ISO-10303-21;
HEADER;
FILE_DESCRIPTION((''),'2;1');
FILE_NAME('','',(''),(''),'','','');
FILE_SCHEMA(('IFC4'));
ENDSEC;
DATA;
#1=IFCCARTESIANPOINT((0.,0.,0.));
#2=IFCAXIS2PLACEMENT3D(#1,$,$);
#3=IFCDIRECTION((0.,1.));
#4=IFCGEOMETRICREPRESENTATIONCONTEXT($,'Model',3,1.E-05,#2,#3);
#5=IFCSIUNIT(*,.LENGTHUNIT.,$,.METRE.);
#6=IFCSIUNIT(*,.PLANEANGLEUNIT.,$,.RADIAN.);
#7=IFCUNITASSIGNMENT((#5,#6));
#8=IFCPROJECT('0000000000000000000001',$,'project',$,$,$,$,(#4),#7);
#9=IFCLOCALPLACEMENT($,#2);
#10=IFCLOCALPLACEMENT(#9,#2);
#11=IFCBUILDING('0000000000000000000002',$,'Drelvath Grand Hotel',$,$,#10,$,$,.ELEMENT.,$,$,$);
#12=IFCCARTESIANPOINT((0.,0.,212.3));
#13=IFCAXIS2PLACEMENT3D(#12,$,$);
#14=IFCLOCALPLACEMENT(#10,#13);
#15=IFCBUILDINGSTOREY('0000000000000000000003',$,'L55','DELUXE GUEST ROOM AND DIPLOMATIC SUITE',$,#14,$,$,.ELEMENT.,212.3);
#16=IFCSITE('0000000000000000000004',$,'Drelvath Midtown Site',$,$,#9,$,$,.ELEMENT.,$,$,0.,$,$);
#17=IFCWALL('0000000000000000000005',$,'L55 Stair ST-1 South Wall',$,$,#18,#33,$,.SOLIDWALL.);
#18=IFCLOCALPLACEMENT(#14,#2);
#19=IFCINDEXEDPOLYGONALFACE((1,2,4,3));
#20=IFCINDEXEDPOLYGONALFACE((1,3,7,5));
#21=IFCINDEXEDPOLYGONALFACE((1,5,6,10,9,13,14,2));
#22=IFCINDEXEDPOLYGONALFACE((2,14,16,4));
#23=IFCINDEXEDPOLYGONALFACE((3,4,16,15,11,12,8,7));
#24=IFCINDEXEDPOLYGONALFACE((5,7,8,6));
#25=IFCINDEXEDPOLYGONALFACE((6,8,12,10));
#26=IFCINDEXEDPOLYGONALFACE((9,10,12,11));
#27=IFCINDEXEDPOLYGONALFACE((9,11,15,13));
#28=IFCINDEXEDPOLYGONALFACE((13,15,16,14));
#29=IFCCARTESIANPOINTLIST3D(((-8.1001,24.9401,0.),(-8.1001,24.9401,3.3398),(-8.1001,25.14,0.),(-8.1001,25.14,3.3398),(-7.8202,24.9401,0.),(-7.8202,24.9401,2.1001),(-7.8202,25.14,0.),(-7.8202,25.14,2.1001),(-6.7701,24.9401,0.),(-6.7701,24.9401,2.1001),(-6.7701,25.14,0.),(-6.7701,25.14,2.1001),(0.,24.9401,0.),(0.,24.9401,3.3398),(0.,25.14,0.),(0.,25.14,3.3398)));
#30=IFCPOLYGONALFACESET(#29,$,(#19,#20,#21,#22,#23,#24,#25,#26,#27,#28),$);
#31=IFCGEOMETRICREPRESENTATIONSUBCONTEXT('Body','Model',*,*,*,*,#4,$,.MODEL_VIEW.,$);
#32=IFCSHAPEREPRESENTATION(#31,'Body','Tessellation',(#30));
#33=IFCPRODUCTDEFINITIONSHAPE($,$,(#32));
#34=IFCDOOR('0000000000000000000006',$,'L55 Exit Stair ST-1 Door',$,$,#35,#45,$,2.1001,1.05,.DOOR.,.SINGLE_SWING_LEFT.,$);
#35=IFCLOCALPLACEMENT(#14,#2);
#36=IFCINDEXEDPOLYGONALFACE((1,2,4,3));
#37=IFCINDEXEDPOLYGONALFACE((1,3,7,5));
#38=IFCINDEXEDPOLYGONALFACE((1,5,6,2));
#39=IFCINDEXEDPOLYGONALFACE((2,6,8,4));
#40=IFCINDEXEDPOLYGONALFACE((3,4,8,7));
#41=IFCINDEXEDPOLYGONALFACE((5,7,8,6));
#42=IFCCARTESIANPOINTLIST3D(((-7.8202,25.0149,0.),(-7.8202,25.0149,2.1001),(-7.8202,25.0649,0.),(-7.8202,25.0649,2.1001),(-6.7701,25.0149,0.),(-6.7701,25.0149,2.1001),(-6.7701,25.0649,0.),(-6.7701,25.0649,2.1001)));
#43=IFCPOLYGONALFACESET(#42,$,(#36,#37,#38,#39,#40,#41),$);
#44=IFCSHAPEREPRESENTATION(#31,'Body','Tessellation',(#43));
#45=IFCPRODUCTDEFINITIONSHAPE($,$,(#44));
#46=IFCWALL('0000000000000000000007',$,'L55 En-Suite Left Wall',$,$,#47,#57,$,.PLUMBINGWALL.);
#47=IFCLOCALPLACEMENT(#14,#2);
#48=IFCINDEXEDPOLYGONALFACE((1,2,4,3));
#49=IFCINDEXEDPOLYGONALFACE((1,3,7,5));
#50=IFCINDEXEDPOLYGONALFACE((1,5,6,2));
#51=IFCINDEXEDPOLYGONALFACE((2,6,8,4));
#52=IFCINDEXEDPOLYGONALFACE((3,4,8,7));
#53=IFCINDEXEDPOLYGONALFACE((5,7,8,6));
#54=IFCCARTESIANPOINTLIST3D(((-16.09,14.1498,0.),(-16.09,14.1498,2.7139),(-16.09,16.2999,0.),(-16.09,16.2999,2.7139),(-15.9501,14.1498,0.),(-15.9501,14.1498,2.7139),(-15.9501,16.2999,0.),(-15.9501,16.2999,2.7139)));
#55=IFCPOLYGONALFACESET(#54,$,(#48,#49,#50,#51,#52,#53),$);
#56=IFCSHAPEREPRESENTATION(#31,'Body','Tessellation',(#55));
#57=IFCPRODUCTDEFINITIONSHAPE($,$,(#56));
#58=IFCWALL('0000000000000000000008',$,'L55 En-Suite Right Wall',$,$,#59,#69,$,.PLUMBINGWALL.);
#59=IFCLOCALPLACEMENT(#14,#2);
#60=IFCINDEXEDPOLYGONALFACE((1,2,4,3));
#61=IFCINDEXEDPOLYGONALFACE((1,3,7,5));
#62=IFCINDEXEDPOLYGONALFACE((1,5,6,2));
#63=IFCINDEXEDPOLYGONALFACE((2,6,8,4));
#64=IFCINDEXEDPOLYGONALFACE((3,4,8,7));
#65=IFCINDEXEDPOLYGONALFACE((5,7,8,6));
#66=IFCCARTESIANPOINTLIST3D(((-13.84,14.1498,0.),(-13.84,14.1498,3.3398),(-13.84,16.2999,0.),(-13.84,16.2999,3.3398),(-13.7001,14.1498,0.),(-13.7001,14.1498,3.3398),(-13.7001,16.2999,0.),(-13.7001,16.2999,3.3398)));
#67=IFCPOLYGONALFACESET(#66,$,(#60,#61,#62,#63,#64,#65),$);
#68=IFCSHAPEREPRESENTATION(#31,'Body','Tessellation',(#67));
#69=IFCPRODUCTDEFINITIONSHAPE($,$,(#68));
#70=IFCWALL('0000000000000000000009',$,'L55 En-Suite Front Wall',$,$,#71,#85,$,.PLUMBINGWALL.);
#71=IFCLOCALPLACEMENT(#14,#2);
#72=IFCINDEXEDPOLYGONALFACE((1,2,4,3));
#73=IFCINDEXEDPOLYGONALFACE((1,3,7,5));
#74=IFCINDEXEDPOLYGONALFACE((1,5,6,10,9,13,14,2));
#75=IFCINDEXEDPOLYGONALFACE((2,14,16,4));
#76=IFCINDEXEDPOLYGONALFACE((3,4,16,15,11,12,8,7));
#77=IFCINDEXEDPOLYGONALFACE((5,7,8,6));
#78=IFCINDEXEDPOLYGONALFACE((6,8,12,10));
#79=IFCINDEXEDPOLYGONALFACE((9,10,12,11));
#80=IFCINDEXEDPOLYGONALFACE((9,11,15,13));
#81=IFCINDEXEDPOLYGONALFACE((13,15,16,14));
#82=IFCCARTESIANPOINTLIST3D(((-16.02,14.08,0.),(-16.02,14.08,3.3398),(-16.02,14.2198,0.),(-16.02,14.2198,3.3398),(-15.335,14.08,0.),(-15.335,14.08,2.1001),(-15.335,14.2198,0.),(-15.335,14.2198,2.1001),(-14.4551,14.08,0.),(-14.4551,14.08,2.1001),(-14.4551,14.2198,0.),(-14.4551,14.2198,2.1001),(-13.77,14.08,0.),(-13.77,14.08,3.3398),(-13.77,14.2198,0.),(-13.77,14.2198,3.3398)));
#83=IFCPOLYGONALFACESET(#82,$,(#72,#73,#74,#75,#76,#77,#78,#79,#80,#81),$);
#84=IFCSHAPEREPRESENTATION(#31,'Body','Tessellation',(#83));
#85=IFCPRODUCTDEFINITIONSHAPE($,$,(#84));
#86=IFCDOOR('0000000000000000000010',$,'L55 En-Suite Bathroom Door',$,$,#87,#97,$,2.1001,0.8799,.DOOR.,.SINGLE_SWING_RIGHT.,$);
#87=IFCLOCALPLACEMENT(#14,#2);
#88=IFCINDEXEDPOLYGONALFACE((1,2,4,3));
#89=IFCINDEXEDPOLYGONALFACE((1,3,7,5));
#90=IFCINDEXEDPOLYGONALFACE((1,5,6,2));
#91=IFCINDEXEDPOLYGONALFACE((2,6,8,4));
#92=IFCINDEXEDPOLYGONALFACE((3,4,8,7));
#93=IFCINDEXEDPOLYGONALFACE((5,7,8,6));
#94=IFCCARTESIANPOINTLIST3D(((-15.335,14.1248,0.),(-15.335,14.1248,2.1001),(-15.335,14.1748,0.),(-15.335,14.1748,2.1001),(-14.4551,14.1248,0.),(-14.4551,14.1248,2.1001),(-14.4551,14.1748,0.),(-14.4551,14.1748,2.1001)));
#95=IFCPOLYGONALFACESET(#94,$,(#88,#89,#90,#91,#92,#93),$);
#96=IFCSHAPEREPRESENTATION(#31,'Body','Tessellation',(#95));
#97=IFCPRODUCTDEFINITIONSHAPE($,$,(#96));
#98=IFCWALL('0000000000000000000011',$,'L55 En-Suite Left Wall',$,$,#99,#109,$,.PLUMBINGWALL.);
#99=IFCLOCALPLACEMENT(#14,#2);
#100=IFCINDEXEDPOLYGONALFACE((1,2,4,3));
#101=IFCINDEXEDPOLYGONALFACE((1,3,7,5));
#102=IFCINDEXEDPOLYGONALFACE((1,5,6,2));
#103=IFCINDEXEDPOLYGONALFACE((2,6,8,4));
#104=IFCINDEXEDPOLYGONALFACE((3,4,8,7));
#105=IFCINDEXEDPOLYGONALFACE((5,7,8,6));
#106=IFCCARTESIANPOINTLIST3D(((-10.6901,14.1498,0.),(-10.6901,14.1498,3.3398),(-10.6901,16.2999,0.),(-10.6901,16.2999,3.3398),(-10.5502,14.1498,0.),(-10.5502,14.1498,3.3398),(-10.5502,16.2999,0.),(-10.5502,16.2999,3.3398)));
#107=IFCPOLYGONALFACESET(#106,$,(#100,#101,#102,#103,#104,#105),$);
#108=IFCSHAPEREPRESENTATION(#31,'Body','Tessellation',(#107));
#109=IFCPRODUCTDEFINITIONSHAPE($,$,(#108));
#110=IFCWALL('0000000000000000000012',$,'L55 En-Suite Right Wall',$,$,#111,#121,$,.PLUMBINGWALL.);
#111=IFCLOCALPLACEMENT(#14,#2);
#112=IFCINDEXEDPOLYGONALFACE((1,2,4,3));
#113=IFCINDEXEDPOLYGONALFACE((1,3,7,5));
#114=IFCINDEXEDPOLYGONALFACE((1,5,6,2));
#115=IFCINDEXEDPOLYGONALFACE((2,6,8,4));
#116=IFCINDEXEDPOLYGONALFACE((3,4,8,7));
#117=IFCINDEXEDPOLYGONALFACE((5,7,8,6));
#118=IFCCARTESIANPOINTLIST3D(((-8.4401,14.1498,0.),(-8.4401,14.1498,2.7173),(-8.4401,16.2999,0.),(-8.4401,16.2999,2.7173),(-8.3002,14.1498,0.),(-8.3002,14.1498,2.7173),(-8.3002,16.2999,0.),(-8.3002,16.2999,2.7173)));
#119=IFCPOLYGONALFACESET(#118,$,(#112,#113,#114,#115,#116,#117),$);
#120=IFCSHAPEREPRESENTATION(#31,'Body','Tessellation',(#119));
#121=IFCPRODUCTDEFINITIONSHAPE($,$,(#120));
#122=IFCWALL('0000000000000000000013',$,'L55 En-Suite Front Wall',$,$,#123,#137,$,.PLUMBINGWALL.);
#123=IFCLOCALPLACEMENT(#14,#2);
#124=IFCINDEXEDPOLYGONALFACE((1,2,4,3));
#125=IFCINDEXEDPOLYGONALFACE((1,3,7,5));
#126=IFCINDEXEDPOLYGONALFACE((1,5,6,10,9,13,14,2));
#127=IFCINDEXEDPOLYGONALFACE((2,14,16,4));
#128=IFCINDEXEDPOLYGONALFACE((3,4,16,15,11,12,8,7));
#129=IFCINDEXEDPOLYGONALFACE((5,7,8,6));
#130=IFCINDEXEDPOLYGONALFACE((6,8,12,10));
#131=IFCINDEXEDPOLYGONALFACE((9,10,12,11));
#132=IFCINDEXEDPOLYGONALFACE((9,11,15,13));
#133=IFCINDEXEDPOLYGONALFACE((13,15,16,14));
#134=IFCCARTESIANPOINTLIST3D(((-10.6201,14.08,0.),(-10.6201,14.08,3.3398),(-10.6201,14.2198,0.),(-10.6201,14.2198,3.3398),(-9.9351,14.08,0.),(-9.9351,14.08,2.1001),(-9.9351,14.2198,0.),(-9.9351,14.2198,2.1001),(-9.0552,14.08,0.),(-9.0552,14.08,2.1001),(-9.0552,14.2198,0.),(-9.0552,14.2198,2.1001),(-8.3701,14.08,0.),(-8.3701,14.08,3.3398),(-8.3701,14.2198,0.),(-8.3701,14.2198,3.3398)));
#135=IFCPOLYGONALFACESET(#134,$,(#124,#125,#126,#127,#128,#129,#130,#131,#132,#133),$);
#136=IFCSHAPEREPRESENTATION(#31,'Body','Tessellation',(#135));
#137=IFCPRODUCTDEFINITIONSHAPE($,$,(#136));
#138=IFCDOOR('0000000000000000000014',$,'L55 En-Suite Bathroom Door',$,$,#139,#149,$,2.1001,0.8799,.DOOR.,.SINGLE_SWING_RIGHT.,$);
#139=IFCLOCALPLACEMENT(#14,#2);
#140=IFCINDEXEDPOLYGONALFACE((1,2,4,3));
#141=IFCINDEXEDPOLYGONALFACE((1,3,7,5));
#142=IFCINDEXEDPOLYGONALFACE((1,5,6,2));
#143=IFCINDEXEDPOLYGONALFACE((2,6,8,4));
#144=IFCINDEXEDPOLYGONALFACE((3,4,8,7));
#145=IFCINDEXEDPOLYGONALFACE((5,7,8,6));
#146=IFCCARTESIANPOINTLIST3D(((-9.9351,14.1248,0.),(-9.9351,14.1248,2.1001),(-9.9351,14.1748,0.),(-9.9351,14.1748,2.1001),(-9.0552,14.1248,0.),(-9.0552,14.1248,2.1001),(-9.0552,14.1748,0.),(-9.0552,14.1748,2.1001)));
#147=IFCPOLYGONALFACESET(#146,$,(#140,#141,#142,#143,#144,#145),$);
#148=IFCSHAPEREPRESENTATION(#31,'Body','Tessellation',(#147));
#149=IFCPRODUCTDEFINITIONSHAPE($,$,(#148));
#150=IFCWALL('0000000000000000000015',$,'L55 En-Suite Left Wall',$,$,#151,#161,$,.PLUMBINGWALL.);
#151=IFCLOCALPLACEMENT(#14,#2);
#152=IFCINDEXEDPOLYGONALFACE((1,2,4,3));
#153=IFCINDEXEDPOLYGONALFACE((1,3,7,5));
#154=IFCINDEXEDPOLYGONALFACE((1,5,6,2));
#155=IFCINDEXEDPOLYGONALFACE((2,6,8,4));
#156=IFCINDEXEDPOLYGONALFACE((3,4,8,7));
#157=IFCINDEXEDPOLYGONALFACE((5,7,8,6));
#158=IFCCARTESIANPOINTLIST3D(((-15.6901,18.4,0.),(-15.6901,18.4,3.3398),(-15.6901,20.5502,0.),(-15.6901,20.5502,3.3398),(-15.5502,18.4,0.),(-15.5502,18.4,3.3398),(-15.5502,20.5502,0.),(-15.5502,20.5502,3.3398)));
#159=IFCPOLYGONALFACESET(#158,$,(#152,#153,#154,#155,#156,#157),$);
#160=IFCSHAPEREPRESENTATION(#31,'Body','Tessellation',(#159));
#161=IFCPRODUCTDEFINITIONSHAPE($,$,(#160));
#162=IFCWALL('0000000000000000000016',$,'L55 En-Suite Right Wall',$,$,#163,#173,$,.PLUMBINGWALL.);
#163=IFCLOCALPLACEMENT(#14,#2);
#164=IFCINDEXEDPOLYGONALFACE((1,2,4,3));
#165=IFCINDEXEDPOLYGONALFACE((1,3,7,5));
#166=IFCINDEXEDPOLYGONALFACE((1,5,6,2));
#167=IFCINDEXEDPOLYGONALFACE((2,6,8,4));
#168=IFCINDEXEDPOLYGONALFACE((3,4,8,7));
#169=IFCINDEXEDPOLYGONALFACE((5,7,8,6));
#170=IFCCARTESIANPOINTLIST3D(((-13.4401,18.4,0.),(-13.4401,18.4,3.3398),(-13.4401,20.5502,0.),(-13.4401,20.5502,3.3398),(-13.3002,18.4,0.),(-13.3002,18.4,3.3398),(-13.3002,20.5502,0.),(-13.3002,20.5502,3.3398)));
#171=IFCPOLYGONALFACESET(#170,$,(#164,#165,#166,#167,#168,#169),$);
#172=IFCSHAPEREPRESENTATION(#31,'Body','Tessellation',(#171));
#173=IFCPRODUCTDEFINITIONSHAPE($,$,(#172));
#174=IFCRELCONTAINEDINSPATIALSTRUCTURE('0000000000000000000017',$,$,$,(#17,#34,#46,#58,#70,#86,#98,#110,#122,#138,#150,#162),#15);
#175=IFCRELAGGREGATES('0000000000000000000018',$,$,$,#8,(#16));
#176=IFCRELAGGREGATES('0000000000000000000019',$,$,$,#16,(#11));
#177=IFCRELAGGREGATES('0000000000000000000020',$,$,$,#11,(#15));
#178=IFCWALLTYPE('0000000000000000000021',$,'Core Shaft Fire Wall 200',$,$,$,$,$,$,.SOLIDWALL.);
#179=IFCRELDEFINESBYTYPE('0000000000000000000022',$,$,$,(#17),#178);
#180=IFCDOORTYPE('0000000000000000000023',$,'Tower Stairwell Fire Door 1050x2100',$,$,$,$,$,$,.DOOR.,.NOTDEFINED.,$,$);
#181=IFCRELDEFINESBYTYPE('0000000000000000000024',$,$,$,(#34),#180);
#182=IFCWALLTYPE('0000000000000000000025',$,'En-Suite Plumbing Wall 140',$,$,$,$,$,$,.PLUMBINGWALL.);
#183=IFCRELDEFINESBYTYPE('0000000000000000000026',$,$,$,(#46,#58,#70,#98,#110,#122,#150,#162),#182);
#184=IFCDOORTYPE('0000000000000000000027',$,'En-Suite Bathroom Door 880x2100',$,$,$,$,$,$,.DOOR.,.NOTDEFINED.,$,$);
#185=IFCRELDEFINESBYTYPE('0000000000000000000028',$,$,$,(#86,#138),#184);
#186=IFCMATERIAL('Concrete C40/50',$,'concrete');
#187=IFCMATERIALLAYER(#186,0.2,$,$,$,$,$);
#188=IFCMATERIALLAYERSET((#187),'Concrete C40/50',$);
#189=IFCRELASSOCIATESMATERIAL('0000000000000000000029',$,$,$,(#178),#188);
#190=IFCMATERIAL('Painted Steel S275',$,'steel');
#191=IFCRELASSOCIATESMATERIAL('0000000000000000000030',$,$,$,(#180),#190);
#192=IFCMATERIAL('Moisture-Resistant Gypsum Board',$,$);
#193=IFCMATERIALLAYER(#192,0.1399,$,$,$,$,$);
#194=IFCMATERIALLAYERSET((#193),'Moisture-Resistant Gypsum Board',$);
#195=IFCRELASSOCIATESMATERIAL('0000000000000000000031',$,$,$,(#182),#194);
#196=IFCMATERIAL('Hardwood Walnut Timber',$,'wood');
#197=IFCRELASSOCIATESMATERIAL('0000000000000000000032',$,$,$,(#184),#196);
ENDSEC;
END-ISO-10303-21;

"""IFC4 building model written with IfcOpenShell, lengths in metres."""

from ifc_helpers import new_model, si_unit, direction, frame, frame_2d, origin, place, context, subcontext, project, spatial, rectangle, extrude, material, layer, layer_set, type_object, element, fill, save


model = new_model("IFC4")

# Units and contexts
model_context = context("Model", 3, precision=1e-05, world=origin(), true_north=direction((0.0, 1.0)))
body_context = subcontext(model_context, "Body", "Model", "MODEL_VIEW")
ifc_project = project(units=[si_unit("LENGTHUNIT", "METRE"), si_unit("PLANEANGLEUNIT", "RADIAN")], contexts=[model_context])

# Site, building, storey
site_placement = place(None, origin())
site = spatial("IfcSite", under=ifc_project, at=site_placement, Name="Drelvath Midtown Site", CompositionType="ELEMENT", RefElevation=0.0)
building_placement = place(site_placement, origin())
building = spatial("IfcBuilding", under=site, at=building_placement, Name="Drelvath Grand Hotel", CompositionType="ELEMENT")
storey_placement = place(building_placement, frame((0.0, 0.0, 212.3)))
storey = spatial("IfcBuildingStorey", under=building, at=storey_placement, Name="L55", Description="DELUXE GUEST ROOM AND DIPLOMATIC SUITE", CompositionType="ELEMENT", Elevation=212.3)

# Wall, opening, door
ifc_material_1 = material(Name="Concrete C40/50", Category="concrete")
ifc_layer_1 = layer(ifc_material_1, 0.2)
ifc_layer_set_1 = layer_set([ifc_layer_1], Name="Concrete C40/50")
wall_type_1 = type_object("IfcWallType", Name="Core Shaft Fire Wall 200", PredefinedType="SOLIDWALL", material=ifc_layer_set_1)
wall_1_placement = place(storey_placement, frame((-8.1001, 25.04, 0.0), z_axis=(0.0, 0.0, 1.0), x_axis=(1.0, 0.0, 0.0)))
wall_1 = element("IfcWall", 1, at=wall_1_placement, inside=storey, type_object=wall_type_1, Name="L55 Stair ST-1 South Wall", PredefinedType="SOLIDWALL", context=body_context, shape_type="SweptSolid", body=[
    extrude(rectangle(XDim=8.1001, YDim=0.2, at=frame_2d((4.05, 0.0))), origin(), (0.0, 0.0, 1.0), 3.3398),
])
opening_1_placement = place(wall_1_placement, frame((0.28, 0.0, 0.0)))
opening_1 = element("IfcOpeningElement", 2, at=opening_1_placement, cuts=wall_1, PredefinedType="OPENING", context=body_context, shape_type="SweptSolid", body=[
    extrude(rectangle(XDim=1.05, YDim=2.1001, at=frame_2d((0.5249, 1.05))), frame((0.0, 0.1099, 0.0), z_axis=(0.0, -1.0, 0.0), x_axis=(1.0, 0.0, 0.0)), (0.0, 0.0, 1.0), 0.22),
])
ifc_material_2 = material(Name="Painted Steel S275", Category="steel")
door_type_1 = type_object("IfcDoorType", Name="Tower Stairwell Fire Door 1050x2100", OperationType="NOTDEFINED", PredefinedType="DOOR", material=ifc_material_2)
door_1_placement = place(opening_1_placement, origin())
door_1 = element("IfcDoor", 3, at=door_1_placement, inside=storey, type_object=door_type_1, Name="L55 Exit Stair ST-1 Door", OperationType="SINGLE_SWING_LEFT", OverallHeight=2.1001, OverallWidth=1.05, PredefinedType="DOOR", context=body_context, shape_type="SweptSolid", body=[
    extrude(rectangle(XDim=1.05, YDim=2.1001, at=frame_2d((0.5249, 1.05))), frame((0.0, 0.0249, 0.0), z_axis=(0.0, -1.0, 0.0), x_axis=(1.0, 0.0, 0.0)), (0.0, 0.0, 1.0), 0.05),
])
fill(opening_1, door_1)

# Walls
ifc_material_3 = material(Name="Moisture-Resistant Gypsum Board")
ifc_layer_2 = layer(ifc_material_3, 0.1399)
ifc_layer_set_2 = layer_set([ifc_layer_2], Name="Moisture-Resistant Gypsum Board")
wall_type_2 = type_object("IfcWallType", Name="En-Suite Plumbing Wall 140", PredefinedType="PLUMBINGWALL", material=ifc_layer_set_2)
wall_2_placement = place(storey_placement, frame((-16.02, 16.3, 0.0), z_axis=(0.0, 0.0, 1.0), x_axis=(0.0, -1.0, 0.0)))
element("IfcWall", 4, at=wall_2_placement, inside=storey, type_object=wall_type_2, Name="L55 En-Suite Left Wall", PredefinedType="PLUMBINGWALL", context=body_context, shape_type="SweptSolid", body=[
    extrude(rectangle(XDim=2.1501, YDim=0.1399, at=frame_2d((1.0752, 0.0))), origin(), (0.0, 0.0, 1.0), 2.7139),
])
wall_3_placement = place(storey_placement, frame((-13.77, 16.3, 0.0), z_axis=(0.0, 0.0, 1.0), x_axis=(0.0, -1.0, 0.0)))
element("IfcWall", 5, at=wall_3_placement, inside=storey, type_object=wall_type_2, Name="L55 En-Suite Right Wall", PredefinedType="PLUMBINGWALL", context=body_context, shape_type="SweptSolid", body=[
    extrude(rectangle(XDim=2.1501, YDim=0.1399, at=frame_2d((1.0752, 0.0))), origin(), (0.0, 0.0, 1.0), 3.3398),
])

# Wall, opening, door
wall_4_placement = place(storey_placement, frame((-16.02, 14.1499, 0.0), z_axis=(0.0, 0.0, 1.0), x_axis=(1.0, 0.0, 0.0)))
wall_4 = element("IfcWall", 6, at=wall_4_placement, inside=storey, type_object=wall_type_2, Name="L55 En-Suite Front Wall", PredefinedType="PLUMBINGWALL", context=body_context, shape_type="SweptSolid", body=[
    extrude(rectangle(XDim=2.25, YDim=0.1399, at=frame_2d((1.125, 0.0))), origin(), (0.0, 0.0, 1.0), 3.3398),
])
opening_2_placement = place(wall_4_placement, frame((0.6851, 0.0, 0.0)))
opening_2 = element("IfcOpeningElement", 7, at=opening_2_placement, cuts=wall_4, PredefinedType="OPENING", context=body_context, shape_type="SweptSolid", body=[
    extrude(rectangle(XDim=0.8799, YDim=2.1001, at=frame_2d((0.4399, 1.05))), frame((0.0, 0.0798, 0.0), z_axis=(0.0, -1.0, 0.0), x_axis=(1.0, 0.0, 0.0)), (0.0, 0.0, 1.0), 0.1599),
])
ifc_material_4 = material(Name="Hardwood Walnut Timber", Category="wood")
door_type_2 = type_object("IfcDoorType", Name="En-Suite Bathroom Door 880x2100", OperationType="NOTDEFINED", PredefinedType="DOOR", material=ifc_material_4)
door_2_placement = place(opening_2_placement, origin())
door_2 = element("IfcDoor", 8, at=door_2_placement, inside=storey, type_object=door_type_2, Name="L55 En-Suite Bathroom Door", OperationType="SINGLE_SWING_RIGHT", OverallHeight=2.1001, OverallWidth=0.8799, PredefinedType="DOOR", context=body_context, shape_type="SweptSolid", body=[
    extrude(rectangle(XDim=0.8799, YDim=2.1001, at=frame_2d((0.4399, 1.05))), frame((0.0, 0.0249, 0.0), z_axis=(0.0, -1.0, 0.0), x_axis=(1.0, 0.0, 0.0)), (0.0, 0.0, 1.0), 0.05),
])
fill(opening_2, door_2)

# Walls
wall_5_placement = place(storey_placement, frame((-10.6201, 16.3, 0.0), z_axis=(0.0, 0.0, 1.0), x_axis=(0.0, -1.0, 0.0)))
element("IfcWall", 9, at=wall_5_placement, inside=storey, type_object=wall_type_2, Name="L55 En-Suite Left Wall", PredefinedType="PLUMBINGWALL", context=body_context, shape_type="SweptSolid", body=[
    extrude(rectangle(XDim=2.1501, YDim=0.1399, at=frame_2d((1.0752, 0.0))), origin(), (0.0, 0.0, 1.0), 3.3398),
])
wall_6_placement = place(storey_placement, frame((-8.3701, 16.3, 0.0), z_axis=(0.0, 0.0, 1.0), x_axis=(0.0, -1.0, 0.0)))
element("IfcWall", 10, at=wall_6_placement, inside=storey, type_object=wall_type_2, Name="L55 En-Suite Right Wall", PredefinedType="PLUMBINGWALL", context=body_context, shape_type="SweptSolid", body=[
    extrude(rectangle(XDim=2.1501, YDim=0.1399, at=frame_2d((1.0752, 0.0))), origin(), (0.0, 0.0, 1.0), 2.7173),
])

# Wall, opening, door
wall_7_placement = place(storey_placement, frame((-10.6201, 14.1499, 0.0), z_axis=(0.0, 0.0, 1.0), x_axis=(1.0, 0.0, 0.0)))
wall_7 = element("IfcWall", 11, at=wall_7_placement, inside=storey, type_object=wall_type_2, Name="L55 En-Suite Front Wall", PredefinedType="PLUMBINGWALL", context=body_context, shape_type="SweptSolid", body=[
    extrude(rectangle(XDim=2.25, YDim=0.1399, at=frame_2d((1.125, 0.0))), origin(), (0.0, 0.0, 1.0), 3.3398),
])
opening_3_placement = place(wall_7_placement, frame((0.6851, 0.0, 0.0)))
opening_3 = element("IfcOpeningElement", 12, at=opening_3_placement, cuts=wall_7, PredefinedType="OPENING", context=body_context, shape_type="SweptSolid", body=[
    extrude(rectangle(XDim=0.8799, YDim=2.1001, at=frame_2d((0.4399, 1.05))), frame((0.0, 0.0798, 0.0), z_axis=(0.0, -1.0, 0.0), x_axis=(1.0, 0.0, 0.0)), (0.0, 0.0, 1.0), 0.1599),
])
door_3_placement = place(opening_3_placement, origin())
door_3 = element("IfcDoor", 13, at=door_3_placement, inside=storey, type_object=door_type_2, Name="L55 En-Suite Bathroom Door", OperationType="SINGLE_SWING_RIGHT", OverallHeight=2.1001, OverallWidth=0.8799, PredefinedType="DOOR", context=body_context, shape_type="SweptSolid", body=[
    extrude(rectangle(XDim=0.8799, YDim=2.1001, at=frame_2d((0.4399, 1.05))), frame((0.0, 0.0249, 0.0), z_axis=(0.0, -1.0, 0.0), x_axis=(1.0, 0.0, 0.0)), (0.0, 0.0, 1.0), 0.05),
])
fill(opening_3, door_3)

# Walls
for number, where, z_axis, x_axis, name in (
    (14, (-15.6201, 18.3999, 0.0), (0.0, 0.0, 1.0), (0.0, 1.0, 0.0), "L55 En-Suite Left Wall"),
    (15, (-13.3701, 18.3999, 0.0), (0.0, 0.0, 1.0), (0.0, 1.0, 0.0), "L55 En-Suite Right Wall"),
):
    element("IfcWall", number, at=place(storey_placement, frame(where, z_axis=z_axis, x_axis=x_axis)), inside=storey, type_object=wall_type_2, Name=name, PredefinedType="PLUMBINGWALL", context=body_context, shape_type="SweptSolid", body=[
        extrude(rectangle(XDim=2.1501, YDim=0.1399, at=frame_2d((1.0752, 0.0))), origin(), (0.0, 0.0, 1.0), 3.3398),
    ])

save(model, "model.ifc")
